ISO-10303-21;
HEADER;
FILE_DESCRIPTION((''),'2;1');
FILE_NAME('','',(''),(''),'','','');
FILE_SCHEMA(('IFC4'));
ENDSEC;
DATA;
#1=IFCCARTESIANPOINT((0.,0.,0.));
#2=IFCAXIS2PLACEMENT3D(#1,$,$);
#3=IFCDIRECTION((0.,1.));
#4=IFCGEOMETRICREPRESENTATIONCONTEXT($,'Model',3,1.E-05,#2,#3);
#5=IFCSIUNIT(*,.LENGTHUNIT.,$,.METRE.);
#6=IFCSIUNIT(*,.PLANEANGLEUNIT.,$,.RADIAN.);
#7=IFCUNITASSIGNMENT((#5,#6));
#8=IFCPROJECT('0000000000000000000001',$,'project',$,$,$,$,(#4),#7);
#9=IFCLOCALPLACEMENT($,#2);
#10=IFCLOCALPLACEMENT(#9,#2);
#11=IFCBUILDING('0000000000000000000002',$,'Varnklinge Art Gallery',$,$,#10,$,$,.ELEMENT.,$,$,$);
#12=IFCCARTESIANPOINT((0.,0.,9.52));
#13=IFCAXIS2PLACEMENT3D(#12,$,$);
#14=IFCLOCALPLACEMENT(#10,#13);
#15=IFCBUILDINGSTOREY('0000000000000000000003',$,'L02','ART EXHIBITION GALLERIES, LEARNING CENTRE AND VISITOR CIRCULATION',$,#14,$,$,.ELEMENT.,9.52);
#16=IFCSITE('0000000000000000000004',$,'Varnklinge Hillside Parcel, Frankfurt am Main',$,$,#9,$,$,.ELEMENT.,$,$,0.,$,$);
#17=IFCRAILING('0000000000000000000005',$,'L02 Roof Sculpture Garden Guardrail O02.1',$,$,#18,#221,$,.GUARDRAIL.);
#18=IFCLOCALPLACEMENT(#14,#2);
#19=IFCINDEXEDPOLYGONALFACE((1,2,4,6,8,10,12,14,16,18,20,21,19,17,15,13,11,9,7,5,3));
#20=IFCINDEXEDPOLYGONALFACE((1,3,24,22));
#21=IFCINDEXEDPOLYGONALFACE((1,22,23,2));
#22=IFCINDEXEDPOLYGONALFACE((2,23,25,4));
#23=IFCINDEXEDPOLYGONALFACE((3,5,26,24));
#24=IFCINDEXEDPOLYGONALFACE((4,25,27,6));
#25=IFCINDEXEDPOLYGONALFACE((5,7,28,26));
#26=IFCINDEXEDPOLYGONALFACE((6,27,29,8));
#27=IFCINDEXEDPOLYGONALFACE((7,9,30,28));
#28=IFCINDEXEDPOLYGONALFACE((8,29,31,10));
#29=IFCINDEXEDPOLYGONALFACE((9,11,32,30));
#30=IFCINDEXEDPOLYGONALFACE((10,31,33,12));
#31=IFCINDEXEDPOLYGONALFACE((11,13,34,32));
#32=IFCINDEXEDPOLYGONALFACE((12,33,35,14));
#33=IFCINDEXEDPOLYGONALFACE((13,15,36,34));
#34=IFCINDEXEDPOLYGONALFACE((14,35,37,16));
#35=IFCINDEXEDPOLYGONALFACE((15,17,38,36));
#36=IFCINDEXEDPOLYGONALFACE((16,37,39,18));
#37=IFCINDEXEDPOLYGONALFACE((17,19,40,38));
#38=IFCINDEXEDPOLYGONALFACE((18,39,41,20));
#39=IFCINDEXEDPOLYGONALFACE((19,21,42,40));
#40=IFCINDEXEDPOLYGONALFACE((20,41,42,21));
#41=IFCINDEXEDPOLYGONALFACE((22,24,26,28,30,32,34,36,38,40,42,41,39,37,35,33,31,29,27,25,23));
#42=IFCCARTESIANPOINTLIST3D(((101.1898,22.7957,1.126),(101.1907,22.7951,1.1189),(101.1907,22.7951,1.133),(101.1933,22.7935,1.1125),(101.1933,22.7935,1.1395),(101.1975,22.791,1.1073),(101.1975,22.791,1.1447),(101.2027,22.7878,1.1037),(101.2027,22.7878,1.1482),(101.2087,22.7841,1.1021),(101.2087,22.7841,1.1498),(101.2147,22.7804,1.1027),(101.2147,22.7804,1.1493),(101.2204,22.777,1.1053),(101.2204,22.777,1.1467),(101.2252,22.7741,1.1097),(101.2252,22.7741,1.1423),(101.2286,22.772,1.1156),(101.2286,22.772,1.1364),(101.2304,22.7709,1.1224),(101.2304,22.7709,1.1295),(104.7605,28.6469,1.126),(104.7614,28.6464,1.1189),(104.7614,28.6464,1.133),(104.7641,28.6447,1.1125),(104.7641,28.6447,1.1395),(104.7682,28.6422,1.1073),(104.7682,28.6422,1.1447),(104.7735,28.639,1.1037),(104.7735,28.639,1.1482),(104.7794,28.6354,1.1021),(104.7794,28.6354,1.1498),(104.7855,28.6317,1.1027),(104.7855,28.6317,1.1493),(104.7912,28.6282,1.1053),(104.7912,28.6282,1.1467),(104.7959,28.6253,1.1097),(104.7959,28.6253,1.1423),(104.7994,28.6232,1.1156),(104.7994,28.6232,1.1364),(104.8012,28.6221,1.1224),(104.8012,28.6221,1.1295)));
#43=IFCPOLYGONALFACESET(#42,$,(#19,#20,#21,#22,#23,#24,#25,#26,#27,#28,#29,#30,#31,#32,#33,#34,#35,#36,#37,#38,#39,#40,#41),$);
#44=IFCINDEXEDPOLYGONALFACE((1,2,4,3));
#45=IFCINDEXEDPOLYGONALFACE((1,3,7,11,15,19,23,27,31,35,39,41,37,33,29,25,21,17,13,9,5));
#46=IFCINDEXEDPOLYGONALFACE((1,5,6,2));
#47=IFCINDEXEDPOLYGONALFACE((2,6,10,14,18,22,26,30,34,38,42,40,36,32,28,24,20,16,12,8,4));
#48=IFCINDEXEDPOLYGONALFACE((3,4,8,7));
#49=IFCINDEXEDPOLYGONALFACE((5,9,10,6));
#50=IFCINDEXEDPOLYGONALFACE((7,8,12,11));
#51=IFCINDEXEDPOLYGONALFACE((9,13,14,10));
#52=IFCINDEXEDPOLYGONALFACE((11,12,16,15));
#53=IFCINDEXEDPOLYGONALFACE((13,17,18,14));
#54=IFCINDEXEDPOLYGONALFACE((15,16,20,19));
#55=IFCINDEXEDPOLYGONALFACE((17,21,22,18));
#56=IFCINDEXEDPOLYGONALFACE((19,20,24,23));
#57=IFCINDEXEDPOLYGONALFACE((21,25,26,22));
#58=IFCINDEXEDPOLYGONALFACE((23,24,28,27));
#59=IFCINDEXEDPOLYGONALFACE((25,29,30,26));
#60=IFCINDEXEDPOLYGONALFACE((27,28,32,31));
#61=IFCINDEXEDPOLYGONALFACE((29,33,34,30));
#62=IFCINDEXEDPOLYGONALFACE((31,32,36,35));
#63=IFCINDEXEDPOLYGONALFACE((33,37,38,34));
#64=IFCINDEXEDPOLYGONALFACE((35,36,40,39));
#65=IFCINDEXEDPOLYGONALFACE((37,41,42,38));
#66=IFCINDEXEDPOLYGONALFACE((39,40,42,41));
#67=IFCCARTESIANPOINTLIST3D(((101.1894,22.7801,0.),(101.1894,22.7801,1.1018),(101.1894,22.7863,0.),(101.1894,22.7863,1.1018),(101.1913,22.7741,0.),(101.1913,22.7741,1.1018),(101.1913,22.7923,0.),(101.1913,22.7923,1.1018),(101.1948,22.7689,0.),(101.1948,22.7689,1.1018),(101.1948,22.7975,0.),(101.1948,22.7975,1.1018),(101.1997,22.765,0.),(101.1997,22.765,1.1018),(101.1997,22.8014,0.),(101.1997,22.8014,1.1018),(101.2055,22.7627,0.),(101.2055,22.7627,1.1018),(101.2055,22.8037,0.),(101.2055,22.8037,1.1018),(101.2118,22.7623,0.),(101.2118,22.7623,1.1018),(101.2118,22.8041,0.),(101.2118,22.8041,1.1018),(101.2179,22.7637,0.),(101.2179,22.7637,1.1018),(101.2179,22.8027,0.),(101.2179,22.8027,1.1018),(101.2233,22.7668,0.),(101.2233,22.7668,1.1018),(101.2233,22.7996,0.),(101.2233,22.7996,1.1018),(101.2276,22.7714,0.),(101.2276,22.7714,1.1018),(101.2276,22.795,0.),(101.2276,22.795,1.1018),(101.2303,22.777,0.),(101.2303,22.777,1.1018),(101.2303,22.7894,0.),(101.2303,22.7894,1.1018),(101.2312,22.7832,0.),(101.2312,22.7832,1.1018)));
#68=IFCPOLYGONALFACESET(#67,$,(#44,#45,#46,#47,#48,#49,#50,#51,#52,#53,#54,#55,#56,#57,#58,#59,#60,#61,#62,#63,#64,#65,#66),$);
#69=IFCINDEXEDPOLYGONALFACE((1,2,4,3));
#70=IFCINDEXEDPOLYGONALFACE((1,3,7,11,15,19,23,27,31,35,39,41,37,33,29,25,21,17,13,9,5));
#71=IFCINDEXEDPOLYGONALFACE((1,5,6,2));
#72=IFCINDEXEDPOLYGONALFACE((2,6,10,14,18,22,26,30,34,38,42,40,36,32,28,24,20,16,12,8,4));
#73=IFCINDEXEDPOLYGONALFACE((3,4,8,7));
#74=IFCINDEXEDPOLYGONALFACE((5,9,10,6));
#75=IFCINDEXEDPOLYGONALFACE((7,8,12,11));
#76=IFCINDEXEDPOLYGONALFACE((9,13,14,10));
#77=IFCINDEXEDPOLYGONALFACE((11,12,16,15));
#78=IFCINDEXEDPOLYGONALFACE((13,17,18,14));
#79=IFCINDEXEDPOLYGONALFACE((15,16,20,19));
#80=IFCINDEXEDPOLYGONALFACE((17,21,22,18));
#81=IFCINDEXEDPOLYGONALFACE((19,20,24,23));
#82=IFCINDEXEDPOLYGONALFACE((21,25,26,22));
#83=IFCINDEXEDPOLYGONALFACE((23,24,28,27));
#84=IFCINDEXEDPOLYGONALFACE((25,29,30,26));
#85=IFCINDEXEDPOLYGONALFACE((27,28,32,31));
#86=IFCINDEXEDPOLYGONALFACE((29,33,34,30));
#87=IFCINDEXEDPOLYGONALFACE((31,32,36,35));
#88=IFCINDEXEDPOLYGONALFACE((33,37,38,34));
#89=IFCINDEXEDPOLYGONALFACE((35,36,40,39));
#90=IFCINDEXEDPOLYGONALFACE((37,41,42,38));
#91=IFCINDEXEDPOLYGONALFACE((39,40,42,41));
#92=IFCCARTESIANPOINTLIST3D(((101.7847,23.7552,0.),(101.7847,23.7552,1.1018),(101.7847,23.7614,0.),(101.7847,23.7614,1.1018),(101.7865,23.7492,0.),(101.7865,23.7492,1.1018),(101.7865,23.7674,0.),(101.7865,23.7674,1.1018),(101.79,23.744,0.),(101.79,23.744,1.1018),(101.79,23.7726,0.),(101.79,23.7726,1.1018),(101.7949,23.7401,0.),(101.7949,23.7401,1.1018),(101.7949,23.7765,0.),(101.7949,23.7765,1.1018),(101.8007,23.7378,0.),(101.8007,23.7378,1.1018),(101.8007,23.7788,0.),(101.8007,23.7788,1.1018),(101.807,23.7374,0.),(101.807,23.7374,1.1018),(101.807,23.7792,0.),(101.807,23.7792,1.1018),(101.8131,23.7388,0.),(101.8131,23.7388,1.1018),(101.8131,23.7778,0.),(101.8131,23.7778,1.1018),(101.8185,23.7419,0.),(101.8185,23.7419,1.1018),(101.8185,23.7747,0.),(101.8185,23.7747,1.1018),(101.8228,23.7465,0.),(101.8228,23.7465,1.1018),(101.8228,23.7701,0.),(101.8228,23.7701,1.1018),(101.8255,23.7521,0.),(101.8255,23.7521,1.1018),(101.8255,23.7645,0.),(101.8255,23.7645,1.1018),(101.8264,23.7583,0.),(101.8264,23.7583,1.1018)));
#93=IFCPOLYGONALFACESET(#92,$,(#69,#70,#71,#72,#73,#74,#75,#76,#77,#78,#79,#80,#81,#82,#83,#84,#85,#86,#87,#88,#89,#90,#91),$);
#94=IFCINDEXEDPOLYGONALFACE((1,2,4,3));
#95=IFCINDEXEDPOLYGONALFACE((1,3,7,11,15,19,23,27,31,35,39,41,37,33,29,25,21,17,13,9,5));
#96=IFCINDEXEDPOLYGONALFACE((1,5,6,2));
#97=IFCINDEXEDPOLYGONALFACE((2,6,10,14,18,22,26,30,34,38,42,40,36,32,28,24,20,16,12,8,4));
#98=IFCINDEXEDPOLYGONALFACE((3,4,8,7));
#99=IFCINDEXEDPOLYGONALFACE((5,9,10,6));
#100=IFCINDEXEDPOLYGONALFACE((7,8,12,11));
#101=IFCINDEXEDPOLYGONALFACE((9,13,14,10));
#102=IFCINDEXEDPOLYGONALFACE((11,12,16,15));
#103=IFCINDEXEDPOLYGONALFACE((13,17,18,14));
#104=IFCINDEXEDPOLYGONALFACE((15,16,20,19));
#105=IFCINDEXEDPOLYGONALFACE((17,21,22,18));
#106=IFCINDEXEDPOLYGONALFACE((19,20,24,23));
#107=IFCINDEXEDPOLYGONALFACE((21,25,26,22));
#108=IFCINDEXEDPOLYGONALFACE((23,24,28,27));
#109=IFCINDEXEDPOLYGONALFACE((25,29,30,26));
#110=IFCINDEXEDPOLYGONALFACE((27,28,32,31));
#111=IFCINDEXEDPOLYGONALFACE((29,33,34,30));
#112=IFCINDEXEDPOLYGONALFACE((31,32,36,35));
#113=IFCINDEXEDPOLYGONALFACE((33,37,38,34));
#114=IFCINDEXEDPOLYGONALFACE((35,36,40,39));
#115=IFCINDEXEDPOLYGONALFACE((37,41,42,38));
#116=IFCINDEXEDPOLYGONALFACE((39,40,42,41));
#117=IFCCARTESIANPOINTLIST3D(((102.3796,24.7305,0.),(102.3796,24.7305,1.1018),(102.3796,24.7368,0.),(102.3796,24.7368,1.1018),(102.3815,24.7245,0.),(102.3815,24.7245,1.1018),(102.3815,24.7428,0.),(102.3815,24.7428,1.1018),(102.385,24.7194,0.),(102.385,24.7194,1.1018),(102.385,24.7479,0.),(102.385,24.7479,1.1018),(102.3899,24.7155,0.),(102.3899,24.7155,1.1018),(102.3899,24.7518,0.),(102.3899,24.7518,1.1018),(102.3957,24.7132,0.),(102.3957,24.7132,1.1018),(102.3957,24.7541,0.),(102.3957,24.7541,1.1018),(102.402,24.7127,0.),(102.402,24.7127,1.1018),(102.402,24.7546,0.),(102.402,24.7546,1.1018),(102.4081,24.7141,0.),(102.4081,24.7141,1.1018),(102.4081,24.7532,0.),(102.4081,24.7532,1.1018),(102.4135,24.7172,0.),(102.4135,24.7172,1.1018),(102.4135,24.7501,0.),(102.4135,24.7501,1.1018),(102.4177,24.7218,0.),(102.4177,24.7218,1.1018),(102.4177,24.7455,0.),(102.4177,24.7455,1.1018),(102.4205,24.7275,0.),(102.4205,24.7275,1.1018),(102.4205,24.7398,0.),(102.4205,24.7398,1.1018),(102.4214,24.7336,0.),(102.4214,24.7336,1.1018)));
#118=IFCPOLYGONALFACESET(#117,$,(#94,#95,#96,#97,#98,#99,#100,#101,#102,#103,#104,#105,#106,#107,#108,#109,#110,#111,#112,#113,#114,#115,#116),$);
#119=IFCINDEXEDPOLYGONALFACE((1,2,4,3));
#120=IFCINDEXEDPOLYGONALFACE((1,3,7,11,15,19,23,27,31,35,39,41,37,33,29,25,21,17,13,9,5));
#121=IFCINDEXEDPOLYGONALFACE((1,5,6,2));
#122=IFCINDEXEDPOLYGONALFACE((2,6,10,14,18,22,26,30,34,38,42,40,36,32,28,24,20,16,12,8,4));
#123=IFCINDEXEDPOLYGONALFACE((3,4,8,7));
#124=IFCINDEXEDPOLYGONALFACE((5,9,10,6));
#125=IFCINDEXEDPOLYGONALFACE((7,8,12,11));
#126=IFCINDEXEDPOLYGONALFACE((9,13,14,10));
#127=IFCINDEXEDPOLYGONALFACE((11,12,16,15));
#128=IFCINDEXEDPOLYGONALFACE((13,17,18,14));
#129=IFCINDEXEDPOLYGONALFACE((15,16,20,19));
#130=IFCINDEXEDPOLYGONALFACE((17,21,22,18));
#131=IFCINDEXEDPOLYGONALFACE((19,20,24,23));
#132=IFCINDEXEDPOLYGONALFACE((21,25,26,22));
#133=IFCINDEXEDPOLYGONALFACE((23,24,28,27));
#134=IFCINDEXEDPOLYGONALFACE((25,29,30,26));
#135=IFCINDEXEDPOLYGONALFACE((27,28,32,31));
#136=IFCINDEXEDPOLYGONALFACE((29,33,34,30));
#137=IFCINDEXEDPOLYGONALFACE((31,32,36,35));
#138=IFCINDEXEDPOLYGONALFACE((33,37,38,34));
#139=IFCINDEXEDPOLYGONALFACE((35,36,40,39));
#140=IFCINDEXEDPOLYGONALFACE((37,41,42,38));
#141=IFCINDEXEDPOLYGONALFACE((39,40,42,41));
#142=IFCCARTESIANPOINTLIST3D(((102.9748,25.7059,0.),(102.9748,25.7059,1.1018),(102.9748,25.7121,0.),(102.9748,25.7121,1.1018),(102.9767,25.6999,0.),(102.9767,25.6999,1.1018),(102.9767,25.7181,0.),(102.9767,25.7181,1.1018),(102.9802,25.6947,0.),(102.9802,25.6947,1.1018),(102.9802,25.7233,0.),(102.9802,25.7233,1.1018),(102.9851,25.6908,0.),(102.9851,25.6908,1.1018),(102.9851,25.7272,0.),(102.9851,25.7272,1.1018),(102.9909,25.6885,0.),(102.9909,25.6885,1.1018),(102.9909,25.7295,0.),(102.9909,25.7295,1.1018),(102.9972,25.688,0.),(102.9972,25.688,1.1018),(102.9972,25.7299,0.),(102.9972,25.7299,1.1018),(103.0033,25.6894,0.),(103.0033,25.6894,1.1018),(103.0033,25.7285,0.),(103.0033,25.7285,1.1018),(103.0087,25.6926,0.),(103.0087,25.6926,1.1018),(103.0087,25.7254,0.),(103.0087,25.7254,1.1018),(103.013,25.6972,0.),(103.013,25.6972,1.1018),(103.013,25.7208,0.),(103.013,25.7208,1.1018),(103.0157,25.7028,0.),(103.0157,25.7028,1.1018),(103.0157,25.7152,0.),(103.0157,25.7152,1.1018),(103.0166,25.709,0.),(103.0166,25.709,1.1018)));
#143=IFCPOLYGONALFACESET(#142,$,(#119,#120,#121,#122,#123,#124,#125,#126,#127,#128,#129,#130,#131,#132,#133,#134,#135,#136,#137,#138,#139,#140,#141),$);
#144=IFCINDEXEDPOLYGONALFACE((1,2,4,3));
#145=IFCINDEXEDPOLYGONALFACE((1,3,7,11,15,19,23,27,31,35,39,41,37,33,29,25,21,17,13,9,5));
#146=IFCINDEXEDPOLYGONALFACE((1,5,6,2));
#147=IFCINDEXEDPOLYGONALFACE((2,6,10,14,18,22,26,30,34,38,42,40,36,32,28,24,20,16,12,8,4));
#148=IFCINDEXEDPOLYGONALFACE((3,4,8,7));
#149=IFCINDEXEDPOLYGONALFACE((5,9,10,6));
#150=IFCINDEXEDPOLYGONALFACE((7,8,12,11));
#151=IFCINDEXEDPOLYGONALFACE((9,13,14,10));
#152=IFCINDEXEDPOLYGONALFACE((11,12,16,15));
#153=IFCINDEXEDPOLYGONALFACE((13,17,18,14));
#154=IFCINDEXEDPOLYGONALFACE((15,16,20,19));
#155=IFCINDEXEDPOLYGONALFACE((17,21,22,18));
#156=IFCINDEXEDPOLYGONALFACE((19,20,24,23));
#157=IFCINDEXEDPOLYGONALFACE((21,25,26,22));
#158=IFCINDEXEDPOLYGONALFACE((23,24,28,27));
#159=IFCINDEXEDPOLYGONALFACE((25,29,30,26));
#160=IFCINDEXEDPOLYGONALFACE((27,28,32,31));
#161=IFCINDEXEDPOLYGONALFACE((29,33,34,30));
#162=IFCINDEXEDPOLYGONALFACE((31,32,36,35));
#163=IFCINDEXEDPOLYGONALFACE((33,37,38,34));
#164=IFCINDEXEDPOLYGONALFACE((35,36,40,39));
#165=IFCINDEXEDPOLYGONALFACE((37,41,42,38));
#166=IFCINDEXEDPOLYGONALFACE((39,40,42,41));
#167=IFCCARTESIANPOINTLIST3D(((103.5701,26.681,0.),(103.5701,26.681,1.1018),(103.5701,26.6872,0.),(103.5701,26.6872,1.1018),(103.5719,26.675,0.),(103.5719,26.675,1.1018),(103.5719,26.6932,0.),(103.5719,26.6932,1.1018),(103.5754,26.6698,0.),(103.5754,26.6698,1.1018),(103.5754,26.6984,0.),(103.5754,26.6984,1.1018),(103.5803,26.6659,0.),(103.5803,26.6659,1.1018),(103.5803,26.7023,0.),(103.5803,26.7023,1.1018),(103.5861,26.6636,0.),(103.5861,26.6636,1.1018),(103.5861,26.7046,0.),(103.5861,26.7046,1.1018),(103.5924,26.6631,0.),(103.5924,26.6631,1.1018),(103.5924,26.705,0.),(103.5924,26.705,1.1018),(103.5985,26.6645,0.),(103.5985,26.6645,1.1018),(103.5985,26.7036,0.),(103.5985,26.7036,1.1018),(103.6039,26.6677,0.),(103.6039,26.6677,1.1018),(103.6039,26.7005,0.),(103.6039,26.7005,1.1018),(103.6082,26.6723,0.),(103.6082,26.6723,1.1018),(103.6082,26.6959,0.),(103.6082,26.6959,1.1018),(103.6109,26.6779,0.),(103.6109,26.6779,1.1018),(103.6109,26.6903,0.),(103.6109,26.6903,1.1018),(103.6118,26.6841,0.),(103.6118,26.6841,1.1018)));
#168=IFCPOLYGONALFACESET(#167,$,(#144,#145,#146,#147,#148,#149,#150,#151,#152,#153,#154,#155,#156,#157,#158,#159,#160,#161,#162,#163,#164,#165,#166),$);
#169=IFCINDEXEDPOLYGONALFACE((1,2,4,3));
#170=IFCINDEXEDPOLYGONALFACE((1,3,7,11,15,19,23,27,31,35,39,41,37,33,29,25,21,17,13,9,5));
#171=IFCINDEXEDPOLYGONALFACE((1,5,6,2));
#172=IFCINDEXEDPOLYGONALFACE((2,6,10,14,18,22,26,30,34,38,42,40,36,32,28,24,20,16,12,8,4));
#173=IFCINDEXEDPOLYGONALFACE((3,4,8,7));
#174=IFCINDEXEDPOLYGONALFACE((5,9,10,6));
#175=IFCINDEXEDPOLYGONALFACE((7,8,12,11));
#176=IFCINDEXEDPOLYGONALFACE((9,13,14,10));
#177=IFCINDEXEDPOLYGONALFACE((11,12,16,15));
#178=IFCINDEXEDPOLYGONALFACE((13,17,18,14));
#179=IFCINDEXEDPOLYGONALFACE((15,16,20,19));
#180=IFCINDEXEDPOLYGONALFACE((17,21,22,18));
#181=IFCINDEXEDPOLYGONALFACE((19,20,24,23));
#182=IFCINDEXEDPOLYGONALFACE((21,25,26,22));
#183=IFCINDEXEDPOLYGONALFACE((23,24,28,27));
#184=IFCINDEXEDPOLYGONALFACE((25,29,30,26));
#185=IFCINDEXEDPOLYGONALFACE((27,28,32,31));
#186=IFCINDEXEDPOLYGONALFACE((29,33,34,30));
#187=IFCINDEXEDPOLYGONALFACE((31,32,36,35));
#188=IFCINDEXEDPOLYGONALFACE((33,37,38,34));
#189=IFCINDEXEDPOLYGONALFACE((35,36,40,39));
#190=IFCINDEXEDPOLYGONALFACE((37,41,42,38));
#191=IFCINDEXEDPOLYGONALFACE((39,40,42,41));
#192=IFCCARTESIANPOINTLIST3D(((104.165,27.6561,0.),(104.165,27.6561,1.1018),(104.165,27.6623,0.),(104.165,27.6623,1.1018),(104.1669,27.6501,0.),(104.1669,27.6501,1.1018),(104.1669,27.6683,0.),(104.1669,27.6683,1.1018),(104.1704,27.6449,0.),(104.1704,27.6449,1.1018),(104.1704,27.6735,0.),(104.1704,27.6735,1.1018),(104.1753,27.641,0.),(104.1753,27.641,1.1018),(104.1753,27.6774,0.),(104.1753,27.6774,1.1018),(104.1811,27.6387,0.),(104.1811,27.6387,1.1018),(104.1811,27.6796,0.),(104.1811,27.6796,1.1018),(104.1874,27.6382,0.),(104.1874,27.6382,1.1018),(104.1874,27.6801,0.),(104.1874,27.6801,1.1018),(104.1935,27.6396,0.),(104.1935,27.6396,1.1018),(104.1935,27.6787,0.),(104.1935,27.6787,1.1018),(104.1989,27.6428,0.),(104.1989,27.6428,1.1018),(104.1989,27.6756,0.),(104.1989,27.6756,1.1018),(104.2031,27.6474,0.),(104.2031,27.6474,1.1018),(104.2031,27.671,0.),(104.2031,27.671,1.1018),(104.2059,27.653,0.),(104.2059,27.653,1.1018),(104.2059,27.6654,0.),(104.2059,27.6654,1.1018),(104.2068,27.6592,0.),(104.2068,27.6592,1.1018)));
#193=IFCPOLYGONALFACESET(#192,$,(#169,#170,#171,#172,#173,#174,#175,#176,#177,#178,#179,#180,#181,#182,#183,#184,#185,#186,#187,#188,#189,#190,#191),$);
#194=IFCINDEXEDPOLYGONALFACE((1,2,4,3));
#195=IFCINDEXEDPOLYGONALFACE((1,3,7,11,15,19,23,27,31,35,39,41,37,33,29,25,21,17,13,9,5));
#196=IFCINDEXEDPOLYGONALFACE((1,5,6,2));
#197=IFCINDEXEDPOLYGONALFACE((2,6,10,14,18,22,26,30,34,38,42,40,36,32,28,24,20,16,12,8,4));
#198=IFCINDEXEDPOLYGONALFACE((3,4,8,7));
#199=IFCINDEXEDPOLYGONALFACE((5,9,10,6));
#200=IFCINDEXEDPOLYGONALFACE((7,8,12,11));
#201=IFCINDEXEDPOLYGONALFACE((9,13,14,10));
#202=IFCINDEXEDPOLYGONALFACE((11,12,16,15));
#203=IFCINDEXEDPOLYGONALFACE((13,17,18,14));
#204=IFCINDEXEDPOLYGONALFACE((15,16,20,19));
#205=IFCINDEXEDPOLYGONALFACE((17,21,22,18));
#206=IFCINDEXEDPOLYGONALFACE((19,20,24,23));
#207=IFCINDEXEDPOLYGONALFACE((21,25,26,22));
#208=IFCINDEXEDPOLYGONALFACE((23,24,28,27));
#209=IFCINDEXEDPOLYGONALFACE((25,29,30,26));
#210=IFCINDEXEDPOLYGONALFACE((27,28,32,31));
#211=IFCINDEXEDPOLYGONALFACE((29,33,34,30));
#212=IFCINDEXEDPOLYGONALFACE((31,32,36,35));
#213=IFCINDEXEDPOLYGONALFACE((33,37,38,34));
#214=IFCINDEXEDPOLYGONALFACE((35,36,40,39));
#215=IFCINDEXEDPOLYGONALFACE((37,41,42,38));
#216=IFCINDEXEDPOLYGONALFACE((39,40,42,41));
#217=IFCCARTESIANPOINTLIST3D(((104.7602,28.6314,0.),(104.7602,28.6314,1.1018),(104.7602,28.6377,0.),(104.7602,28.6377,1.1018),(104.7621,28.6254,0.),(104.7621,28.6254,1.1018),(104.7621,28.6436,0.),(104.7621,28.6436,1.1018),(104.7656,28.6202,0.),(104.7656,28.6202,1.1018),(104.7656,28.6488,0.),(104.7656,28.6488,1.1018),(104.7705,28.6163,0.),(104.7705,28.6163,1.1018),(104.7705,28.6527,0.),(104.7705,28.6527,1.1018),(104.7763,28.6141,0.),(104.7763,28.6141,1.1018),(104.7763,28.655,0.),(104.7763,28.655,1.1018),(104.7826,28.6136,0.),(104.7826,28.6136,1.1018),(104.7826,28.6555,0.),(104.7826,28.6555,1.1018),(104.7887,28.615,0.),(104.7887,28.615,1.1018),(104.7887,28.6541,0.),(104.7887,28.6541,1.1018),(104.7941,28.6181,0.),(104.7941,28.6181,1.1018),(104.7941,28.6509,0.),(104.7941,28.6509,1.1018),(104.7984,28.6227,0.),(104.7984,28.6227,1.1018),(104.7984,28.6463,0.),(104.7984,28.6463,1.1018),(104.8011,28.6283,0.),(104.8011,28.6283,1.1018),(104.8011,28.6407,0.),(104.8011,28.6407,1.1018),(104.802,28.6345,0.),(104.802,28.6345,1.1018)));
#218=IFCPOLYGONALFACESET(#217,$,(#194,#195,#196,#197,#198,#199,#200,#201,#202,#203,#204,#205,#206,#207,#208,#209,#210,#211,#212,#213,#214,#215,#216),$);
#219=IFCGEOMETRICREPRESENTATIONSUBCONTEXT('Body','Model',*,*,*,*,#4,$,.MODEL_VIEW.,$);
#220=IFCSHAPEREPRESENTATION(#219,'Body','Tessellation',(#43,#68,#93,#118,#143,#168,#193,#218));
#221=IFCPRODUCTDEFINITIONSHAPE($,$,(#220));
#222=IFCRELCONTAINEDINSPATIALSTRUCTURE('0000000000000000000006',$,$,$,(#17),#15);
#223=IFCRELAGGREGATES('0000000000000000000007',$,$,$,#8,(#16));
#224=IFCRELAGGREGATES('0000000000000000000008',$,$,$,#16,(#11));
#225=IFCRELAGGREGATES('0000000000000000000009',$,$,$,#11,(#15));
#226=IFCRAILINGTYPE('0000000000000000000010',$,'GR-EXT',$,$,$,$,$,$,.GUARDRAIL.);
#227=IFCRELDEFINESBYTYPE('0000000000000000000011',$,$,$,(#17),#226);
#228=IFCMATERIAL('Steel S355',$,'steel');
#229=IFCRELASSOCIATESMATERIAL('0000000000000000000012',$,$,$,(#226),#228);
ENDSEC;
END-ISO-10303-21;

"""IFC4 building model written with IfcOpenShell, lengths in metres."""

from ifc_helpers import new_model, si_unit, direction, frame, origin, origin_2d, place, context, subcontext, project, spatial, circle, extrude, material, type_object, element, save


model = new_model("IFC4")

# Units and contexts
model_context = context("Model", 3, precision=1e-05, world=origin(), true_north=direction((0.0, 1.0)))
body_context = subcontext(model_context, "Body", "Model", "MODEL_VIEW")
ifc_project = project(units=[si_unit("LENGTHUNIT", "METRE"), si_unit("PLANEANGLEUNIT", "RADIAN")], contexts=[model_context])

# Site, building, storey
site_placement = place(None, origin())
site = spatial("IfcSite", under=ifc_project, at=site_placement, Name="Varnklinge Hillside Parcel, Frankfurt am Main", CompositionType="ELEMENT", RefElevation=0.0)
building_placement = place(site_placement, origin())
building = spatial("IfcBuilding", under=site, at=building_placement, Name="Varnklinge Art Gallery", CompositionType="ELEMENT")
storey_placement = place(building_placement, frame((0.0, 0.0, 9.52)))
storey = spatial("IfcBuildingStorey", under=building, at=storey_placement, Name="L02", Description="ART EXHIBITION GALLERIES, LEARNING CENTRE AND VISITOR CIRCULATION", CompositionType="ELEMENT", Elevation=9.52)

# Railing
ifc_material_1 = material(Name="Steel S355", Category="steel")
railing_type = type_object("IfcRailingType", Name="GR-EXT", PredefinedType="GUARDRAIL", material=ifc_material_1)
railing_1_placement = place(storey_placement, frame((101.2102, 22.7832, 0.0)))
element("IfcRailing", 1, at=railing_1_placement, inside=storey, type_object=railing_type, Name="L02 Roof Sculpture Garden Guardrail O02.1", PredefinedType="GUARDRAIL", context=body_context, shape_type="SweptSolid", body=[
    extrude(circle(Radius=0.0239, at=origin_2d()), frame((0.0, 0.0, 1.126), z_axis=(0.520918, 0.853607, 0.0), x_axis=(-0.853607, 0.520918, 0.0)), (0.0, 0.0, 1.0), 6.8547),
    extrude(circle(Radius=0.021, at=origin_2d()), origin(), (0.0, 0.0, 1.0), 1.1018),
    extrude(circle(Radius=0.021, at=origin_2d()), frame((0.5952, 0.9751, 0.0)), (0.0, 0.0, 1.0), 1.1018),
    extrude(circle(Radius=0.021, at=origin_2d()), frame((1.1902, 1.9504, 0.0)), (0.0, 0.0, 1.0), 1.1018),
    extrude(circle(Radius=0.021, at=origin_2d()), frame((1.7854, 2.9258, 0.0)), (0.0, 0.0, 1.0), 1.1018),
    extrude(circle(Radius=0.021, at=origin_2d()), frame((2.3806, 3.9009, 0.0)), (0.0, 0.0, 1.0), 1.1018),
    extrude(circle(Radius=0.021, at=origin_2d()), frame((2.9756, 4.876, 0.0)), (0.0, 0.0, 1.0), 1.1018),
    extrude(circle(Radius=0.021, at=origin_2d()), frame((3.5708, 5.8513, 0.0)), (0.0, 0.0, 1.0), 1.1018),
])

save(model, "model.ifc")
